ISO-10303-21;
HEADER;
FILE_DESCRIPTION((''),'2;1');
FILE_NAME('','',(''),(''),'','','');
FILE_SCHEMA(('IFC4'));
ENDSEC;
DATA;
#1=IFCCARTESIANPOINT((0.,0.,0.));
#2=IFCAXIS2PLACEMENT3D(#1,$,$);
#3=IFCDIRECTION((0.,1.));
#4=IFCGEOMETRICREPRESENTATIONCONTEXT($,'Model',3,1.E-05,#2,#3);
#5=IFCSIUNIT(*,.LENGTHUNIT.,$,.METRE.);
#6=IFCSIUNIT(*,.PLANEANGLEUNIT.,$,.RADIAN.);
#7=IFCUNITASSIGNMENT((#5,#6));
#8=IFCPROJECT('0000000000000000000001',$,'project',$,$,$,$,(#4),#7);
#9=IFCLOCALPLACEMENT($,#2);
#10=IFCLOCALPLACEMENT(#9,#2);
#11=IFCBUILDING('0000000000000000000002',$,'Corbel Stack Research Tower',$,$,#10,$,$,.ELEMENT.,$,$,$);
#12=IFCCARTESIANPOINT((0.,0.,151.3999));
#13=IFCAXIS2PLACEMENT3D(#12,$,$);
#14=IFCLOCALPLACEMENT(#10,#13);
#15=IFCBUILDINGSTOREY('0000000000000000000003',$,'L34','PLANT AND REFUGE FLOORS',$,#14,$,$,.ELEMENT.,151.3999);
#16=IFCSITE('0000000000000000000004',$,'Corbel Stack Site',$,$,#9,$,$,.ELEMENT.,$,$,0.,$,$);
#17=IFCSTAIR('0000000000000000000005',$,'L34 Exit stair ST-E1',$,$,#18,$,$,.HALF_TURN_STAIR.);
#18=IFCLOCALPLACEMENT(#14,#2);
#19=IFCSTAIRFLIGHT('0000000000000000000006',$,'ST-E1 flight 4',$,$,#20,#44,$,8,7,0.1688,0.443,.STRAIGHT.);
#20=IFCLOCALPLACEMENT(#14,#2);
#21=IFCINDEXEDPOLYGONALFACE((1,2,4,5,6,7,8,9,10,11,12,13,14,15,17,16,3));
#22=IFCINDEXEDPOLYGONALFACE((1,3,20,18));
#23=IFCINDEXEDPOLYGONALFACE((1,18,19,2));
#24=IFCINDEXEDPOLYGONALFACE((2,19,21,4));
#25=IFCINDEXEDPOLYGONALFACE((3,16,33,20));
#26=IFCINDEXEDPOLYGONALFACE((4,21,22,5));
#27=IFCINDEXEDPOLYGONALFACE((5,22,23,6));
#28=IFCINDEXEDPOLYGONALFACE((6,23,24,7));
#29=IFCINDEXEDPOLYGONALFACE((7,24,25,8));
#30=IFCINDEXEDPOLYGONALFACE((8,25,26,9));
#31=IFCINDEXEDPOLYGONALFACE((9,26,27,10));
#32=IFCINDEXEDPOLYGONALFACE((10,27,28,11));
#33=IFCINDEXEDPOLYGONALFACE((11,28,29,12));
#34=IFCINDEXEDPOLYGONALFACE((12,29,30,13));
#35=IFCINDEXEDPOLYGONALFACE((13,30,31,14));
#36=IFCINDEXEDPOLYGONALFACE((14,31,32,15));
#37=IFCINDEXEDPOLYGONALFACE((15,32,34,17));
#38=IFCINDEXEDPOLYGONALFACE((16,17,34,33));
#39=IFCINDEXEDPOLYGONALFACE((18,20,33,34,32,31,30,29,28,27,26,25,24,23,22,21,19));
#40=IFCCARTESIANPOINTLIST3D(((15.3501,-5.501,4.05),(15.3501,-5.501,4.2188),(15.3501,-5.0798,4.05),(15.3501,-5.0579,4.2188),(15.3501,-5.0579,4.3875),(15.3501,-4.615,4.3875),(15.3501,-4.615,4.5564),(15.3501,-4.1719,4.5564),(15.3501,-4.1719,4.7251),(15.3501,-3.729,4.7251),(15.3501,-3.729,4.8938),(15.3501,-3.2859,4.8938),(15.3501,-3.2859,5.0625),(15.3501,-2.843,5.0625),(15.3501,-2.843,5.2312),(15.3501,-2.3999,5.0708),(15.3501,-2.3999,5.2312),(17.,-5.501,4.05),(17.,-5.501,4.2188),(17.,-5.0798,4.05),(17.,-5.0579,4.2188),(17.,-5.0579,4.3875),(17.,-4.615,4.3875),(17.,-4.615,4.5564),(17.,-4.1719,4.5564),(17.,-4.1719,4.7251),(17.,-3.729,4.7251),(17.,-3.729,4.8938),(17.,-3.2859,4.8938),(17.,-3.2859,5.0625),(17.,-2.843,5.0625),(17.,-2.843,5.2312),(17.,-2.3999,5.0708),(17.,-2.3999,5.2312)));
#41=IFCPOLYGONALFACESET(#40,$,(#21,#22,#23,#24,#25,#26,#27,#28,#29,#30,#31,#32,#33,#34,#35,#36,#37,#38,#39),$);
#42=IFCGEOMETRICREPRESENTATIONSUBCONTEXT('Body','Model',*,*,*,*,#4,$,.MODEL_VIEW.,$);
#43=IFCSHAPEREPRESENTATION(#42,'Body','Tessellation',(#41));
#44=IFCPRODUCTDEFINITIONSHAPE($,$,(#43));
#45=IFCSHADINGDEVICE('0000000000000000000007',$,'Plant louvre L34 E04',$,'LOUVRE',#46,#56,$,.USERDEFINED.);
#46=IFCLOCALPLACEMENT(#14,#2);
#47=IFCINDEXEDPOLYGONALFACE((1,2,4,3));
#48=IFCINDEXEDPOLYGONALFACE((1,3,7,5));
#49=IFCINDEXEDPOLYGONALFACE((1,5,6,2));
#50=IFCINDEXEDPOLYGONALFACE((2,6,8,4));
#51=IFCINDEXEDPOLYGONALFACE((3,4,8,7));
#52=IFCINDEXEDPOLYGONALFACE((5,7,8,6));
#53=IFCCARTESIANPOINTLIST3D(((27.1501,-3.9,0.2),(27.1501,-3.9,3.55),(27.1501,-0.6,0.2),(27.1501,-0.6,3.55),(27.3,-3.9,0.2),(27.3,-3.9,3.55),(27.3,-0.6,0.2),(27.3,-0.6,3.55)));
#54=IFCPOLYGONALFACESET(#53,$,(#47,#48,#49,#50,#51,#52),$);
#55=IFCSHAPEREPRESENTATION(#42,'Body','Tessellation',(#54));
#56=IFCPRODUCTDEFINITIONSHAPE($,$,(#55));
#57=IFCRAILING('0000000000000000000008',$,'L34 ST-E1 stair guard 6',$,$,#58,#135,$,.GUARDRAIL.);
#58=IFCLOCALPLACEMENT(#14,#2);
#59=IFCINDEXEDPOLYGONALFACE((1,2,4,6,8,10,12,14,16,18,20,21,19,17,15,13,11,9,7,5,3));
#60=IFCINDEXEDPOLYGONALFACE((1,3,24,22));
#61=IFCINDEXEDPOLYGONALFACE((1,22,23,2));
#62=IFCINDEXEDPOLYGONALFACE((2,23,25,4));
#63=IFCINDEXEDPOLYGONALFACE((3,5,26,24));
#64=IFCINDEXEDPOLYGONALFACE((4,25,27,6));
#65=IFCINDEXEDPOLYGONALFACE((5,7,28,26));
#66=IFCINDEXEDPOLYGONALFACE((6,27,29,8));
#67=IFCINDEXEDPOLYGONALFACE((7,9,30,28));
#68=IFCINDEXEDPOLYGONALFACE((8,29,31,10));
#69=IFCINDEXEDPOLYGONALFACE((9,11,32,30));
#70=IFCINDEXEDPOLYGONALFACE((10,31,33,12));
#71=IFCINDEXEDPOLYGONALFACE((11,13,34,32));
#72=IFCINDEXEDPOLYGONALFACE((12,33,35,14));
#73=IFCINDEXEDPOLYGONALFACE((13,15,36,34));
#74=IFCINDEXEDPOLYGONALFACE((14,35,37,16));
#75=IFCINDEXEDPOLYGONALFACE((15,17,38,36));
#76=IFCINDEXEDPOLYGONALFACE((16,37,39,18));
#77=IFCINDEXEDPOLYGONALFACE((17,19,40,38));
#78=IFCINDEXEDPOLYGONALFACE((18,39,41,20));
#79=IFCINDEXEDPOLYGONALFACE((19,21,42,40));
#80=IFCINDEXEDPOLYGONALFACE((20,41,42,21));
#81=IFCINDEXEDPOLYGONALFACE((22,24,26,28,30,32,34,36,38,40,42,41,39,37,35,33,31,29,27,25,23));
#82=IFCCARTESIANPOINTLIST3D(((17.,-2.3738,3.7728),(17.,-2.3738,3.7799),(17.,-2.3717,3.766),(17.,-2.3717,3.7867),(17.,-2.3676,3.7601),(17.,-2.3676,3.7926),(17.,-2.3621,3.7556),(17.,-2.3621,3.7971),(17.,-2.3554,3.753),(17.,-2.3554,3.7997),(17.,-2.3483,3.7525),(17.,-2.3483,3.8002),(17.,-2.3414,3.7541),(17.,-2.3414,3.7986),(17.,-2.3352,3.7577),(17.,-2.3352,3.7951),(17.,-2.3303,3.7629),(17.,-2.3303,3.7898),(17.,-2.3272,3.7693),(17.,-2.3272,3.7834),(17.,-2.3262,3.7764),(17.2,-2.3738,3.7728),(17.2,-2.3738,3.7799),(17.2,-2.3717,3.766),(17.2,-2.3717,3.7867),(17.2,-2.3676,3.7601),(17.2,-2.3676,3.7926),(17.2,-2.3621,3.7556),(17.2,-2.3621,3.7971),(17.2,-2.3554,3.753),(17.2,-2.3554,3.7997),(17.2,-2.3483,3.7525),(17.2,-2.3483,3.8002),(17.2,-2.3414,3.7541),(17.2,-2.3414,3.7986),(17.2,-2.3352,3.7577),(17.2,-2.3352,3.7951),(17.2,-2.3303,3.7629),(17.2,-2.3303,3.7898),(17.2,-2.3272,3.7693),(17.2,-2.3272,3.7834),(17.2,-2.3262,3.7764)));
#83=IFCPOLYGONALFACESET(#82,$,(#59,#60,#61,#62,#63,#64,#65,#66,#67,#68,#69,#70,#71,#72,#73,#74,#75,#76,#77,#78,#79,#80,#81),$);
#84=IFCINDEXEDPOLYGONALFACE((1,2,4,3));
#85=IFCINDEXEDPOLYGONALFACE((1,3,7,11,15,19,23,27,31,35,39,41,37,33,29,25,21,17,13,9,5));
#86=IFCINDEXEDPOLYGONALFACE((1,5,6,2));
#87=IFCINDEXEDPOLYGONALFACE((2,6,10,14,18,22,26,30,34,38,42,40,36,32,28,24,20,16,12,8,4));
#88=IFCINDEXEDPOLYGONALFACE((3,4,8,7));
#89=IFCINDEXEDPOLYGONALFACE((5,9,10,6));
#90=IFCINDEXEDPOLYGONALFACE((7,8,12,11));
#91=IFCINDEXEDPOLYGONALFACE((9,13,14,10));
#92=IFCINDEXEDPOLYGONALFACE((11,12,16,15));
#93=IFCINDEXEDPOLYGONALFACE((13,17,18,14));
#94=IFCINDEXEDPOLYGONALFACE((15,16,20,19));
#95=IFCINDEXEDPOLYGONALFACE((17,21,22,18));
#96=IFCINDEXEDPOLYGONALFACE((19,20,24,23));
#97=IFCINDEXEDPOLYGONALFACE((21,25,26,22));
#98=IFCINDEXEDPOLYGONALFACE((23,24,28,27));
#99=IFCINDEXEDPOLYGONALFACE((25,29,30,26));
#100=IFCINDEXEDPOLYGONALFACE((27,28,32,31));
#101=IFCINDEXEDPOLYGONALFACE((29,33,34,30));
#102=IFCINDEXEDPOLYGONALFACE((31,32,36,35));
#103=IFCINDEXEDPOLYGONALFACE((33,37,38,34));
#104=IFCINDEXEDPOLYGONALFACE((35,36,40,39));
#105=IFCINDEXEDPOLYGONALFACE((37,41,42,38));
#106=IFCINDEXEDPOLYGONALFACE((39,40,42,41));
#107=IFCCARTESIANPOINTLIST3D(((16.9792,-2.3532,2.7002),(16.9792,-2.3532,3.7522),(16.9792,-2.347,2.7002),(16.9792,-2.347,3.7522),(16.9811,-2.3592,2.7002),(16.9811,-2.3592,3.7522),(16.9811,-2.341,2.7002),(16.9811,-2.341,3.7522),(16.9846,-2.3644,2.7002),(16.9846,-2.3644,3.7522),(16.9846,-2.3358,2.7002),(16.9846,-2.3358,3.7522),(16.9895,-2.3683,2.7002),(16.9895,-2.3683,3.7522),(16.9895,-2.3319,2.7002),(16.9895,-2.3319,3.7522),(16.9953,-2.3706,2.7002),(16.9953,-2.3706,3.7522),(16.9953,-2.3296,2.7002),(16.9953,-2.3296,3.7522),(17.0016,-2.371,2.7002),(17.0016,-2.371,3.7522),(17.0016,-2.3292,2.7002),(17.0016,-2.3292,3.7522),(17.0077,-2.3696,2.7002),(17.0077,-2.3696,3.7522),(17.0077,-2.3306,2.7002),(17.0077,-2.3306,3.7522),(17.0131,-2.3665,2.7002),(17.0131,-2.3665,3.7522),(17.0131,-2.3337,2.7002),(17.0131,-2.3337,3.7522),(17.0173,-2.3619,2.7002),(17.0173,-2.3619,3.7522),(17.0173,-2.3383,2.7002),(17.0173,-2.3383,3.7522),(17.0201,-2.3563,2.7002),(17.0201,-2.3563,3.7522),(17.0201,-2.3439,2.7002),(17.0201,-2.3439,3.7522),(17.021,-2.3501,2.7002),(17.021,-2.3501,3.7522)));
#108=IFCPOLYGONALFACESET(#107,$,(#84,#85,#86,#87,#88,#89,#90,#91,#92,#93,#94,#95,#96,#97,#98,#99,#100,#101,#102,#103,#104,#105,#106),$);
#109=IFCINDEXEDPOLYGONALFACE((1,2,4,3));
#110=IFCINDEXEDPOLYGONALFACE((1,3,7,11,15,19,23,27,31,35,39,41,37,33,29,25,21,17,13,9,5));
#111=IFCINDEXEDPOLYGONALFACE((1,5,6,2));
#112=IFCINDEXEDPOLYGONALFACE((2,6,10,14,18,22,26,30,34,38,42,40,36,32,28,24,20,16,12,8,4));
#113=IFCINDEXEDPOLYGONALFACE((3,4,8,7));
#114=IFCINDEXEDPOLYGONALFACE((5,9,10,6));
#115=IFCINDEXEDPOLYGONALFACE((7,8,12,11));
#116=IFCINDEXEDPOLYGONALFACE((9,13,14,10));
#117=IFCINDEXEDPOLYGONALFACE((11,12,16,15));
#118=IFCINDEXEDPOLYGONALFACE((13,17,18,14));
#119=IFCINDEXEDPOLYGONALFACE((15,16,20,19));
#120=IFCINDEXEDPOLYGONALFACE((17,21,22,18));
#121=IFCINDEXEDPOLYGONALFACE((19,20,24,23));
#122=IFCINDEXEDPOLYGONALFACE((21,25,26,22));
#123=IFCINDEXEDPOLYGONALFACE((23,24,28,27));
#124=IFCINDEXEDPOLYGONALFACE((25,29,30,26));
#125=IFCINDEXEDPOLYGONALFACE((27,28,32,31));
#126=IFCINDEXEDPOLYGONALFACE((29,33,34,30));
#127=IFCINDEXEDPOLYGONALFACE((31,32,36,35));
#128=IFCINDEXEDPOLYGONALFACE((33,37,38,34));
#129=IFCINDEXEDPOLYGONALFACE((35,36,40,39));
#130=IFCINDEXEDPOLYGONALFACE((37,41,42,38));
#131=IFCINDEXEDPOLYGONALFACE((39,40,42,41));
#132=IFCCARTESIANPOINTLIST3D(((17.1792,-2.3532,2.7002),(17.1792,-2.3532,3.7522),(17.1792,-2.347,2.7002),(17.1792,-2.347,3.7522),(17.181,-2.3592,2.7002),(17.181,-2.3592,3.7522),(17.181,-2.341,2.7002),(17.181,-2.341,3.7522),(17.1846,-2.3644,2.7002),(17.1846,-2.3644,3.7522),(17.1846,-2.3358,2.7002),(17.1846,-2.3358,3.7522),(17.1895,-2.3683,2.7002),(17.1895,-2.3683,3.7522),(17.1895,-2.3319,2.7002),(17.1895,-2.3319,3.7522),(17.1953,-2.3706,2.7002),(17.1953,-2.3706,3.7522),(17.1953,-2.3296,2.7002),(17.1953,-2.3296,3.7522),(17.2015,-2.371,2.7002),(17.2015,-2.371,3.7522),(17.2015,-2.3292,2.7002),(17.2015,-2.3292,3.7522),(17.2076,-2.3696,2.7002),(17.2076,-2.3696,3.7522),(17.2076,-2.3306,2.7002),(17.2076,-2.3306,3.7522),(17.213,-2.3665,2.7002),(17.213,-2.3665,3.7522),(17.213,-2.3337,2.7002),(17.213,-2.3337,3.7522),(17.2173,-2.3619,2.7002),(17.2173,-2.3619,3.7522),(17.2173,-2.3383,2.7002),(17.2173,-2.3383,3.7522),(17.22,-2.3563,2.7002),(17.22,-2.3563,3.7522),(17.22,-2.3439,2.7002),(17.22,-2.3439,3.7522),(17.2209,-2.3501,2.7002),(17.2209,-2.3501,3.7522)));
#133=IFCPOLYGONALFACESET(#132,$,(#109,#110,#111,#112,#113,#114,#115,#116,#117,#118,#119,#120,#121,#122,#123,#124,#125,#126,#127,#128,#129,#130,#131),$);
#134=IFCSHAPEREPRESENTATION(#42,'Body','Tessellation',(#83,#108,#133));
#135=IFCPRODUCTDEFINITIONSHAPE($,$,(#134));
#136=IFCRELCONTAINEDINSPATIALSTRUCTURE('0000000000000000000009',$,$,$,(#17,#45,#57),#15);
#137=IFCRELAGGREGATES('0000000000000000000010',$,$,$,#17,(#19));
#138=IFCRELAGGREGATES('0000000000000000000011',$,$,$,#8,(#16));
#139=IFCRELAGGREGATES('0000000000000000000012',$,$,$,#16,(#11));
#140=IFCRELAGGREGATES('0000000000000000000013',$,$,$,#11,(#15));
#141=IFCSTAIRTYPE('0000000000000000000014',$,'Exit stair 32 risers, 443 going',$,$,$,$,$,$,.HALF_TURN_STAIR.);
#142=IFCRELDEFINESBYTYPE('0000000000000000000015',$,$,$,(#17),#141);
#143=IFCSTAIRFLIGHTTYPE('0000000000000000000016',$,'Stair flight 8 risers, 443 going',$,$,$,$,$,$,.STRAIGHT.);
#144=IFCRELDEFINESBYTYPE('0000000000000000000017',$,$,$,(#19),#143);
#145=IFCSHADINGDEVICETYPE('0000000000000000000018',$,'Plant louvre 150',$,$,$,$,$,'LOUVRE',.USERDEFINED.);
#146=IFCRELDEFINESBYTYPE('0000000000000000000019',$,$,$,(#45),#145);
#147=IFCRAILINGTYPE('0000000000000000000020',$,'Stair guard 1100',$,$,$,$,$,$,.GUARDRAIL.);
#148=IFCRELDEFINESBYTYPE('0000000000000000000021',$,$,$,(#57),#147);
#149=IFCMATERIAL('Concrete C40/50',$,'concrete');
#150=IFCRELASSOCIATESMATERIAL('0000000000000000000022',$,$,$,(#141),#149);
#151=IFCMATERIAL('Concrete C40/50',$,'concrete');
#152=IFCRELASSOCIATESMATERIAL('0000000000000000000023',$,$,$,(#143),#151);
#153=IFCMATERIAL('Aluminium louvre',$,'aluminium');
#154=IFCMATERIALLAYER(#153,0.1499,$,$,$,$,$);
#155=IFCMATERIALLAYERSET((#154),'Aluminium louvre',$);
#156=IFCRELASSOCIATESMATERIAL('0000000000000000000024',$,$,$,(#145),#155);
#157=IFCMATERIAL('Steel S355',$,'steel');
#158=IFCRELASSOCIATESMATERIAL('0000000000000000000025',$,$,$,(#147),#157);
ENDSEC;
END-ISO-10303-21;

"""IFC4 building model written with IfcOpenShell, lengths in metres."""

from ifc_helpers import new_model, si_unit, direction, frame, origin, origin_2d, place, context, subcontext, project, spatial, polyline, rectangle, circle, outline, extrude, material, layer, layer_set, type_object, element, aggregate, save


model = new_model("IFC4")

# Units and contexts
model_context = context("Model", 3, precision=1e-05, world=origin(), true_north=direction((0.0, 1.0)))
body_context = subcontext(model_context, "Body", "Model", "MODEL_VIEW")
ifc_project = project(units=[si_unit("LENGTHUNIT", "METRE"), si_unit("PLANEANGLEUNIT", "RADIAN")], contexts=[model_context])

# Site, building, storey
site_placement = place(None, origin())
site = spatial("IfcSite", under=ifc_project, at=site_placement, Name="Corbel Stack Site", CompositionType="ELEMENT", RefElevation=0.0)
building_placement = place(site_placement, origin())
building = spatial("IfcBuilding", under=site, at=building_placement, Name="Corbel Stack Research Tower", CompositionType="ELEMENT")
storey_placement = place(building_placement, frame((0.0, 0.0, 151.3999)))
storey = spatial("IfcBuildingStorey", under=building, at=storey_placement, Name="L34", Description="PLANT AND REFUGE FLOORS", CompositionType="ELEMENT", Elevation=151.3999)

# Stair, stair flight
ifc_material_1 = material(Name="Concrete C40/50", Category="concrete")
stair_type = type_object("IfcStairType", Name="Exit stair 32 risers, 443 going", PredefinedType="HALF_TURN_STAIR", material=ifc_material_1)
stair_placement = place(storey_placement, origin())
stair = element("IfcStair", 1, at=stair_placement, inside=storey, type_object=stair_type, Name="L34 Exit stair ST-E1", PredefinedType="HALF_TURN_STAIR")
ifc_material_2 = material(Name="Concrete C40/50", Category="concrete")
stair_flight_type = type_object("IfcStairFlightType", Name="Stair flight 8 risers, 443 going", PredefinedType="STRAIGHT", material=ifc_material_2)
stair_flight_1_placement = place(storey_placement, frame((16.175, -5.501, 4.05), z_axis=(0.0, 0.0, 1.0), x_axis=(0.0, 1.0, 0.0)))
stair_flight_1 = element("IfcStairFlight", 2, at=stair_flight_1_placement, type_object=stair_flight_type, Name="ST-E1 flight 4", NumberOfRisers=8, NumberOfTreads=7, PredefinedType="STRAIGHT", RiserHeight=0.1688, TreadLength=0.443, context=body_context, shape_type="SweptSolid", body=[
    extrude(outline(polyline([(0.0, 0.0), (0.0, 0.1687), (0.4431, 0.1687), (0.4431, 0.3374), (0.886, 0.3374), (0.886, 0.5063), (1.3291, 0.5063), (1.3291, 0.675), (1.772, 0.675), (1.772, 0.8438), (2.2151, 0.8438), (2.2151, 1.0125), (2.658, 1.0125), (2.658, 1.1812), (3.1011, 1.1812), (3.1011, 1.3501), (3.1011, 1.0208), (0.4211, 0.0), (0.0, 0.0)])), frame((0.0, 0.825, 0.0), z_axis=(0.0, -1.0, 0.0), x_axis=(1.0, 0.0, 0.0)), (0.0, 0.0, 1.0), 1.6499),
])
aggregate(stair, [stair_flight_1])

# Shading device
ifc_material_3 = material(Name="Aluminium louvre", Category="aluminium")
ifc_layer_1 = layer(ifc_material_3, 0.1499)
ifc_layer_set_1 = layer_set([ifc_layer_1], Name="Aluminium louvre")
shading_device_type = type_object("IfcShadingDeviceType", Name="Plant louvre 150", ElementType="LOUVRE", PredefinedType="USERDEFINED", material=ifc_layer_set_1)
shading_device_placement = place(storey_placement, frame((27.2251, -2.25, 0.2), z_axis=(0.0, 0.0, 1.0), x_axis=(0.0, 1.0, 0.0)))
element("IfcShadingDevice", 3, at=shading_device_placement, inside=storey, type_object=shading_device_type, Name="Plant louvre L34 E04", ObjectType="LOUVRE", PredefinedType="USERDEFINED", context=body_context, shape_type="SweptSolid", body=[
    extrude(rectangle(XDim=3.3, YDim=0.1499, at=origin_2d()), origin(), (0.0, 0.0, 1.0), 3.3501),
])

# Railing
ifc_material_4 = material(Name="Steel S355", Category="steel")
railing_type_1 = type_object("IfcRailingType", Name="Stair guard 1100", PredefinedType="GUARDRAIL", material=ifc_material_4)
for number, where, name in (
    (4, (17.0, -2.3501, 2.7002), "L34 ST-E1 stair guard 6"),
):
    element("IfcRailing", number, at=place(storey_placement, frame(where)), inside=storey, type_object=railing_type_1, Name=name, PredefinedType="GUARDRAIL", context=body_context, shape_type="SweptSolid", body=[
        extrude(circle(Radius=0.0239, at=origin_2d()), frame((0.0, 0.0, 1.0762), z_axis=(1.0, 0.0, 0.0), x_axis=(0.0, 1.0, 0.0)), (0.0, 0.0, 1.0), 0.2),
        extrude(circle(Radius=0.021, at=origin_2d()), origin(), (0.0, 0.0, 1.0), 1.052),
        extrude(circle(Radius=0.021, at=origin_2d()), frame((0.2, 0.0, 0.0)), (0.0, 0.0, 1.0), 1.052),
    ])

save(model, "model.ifc")
